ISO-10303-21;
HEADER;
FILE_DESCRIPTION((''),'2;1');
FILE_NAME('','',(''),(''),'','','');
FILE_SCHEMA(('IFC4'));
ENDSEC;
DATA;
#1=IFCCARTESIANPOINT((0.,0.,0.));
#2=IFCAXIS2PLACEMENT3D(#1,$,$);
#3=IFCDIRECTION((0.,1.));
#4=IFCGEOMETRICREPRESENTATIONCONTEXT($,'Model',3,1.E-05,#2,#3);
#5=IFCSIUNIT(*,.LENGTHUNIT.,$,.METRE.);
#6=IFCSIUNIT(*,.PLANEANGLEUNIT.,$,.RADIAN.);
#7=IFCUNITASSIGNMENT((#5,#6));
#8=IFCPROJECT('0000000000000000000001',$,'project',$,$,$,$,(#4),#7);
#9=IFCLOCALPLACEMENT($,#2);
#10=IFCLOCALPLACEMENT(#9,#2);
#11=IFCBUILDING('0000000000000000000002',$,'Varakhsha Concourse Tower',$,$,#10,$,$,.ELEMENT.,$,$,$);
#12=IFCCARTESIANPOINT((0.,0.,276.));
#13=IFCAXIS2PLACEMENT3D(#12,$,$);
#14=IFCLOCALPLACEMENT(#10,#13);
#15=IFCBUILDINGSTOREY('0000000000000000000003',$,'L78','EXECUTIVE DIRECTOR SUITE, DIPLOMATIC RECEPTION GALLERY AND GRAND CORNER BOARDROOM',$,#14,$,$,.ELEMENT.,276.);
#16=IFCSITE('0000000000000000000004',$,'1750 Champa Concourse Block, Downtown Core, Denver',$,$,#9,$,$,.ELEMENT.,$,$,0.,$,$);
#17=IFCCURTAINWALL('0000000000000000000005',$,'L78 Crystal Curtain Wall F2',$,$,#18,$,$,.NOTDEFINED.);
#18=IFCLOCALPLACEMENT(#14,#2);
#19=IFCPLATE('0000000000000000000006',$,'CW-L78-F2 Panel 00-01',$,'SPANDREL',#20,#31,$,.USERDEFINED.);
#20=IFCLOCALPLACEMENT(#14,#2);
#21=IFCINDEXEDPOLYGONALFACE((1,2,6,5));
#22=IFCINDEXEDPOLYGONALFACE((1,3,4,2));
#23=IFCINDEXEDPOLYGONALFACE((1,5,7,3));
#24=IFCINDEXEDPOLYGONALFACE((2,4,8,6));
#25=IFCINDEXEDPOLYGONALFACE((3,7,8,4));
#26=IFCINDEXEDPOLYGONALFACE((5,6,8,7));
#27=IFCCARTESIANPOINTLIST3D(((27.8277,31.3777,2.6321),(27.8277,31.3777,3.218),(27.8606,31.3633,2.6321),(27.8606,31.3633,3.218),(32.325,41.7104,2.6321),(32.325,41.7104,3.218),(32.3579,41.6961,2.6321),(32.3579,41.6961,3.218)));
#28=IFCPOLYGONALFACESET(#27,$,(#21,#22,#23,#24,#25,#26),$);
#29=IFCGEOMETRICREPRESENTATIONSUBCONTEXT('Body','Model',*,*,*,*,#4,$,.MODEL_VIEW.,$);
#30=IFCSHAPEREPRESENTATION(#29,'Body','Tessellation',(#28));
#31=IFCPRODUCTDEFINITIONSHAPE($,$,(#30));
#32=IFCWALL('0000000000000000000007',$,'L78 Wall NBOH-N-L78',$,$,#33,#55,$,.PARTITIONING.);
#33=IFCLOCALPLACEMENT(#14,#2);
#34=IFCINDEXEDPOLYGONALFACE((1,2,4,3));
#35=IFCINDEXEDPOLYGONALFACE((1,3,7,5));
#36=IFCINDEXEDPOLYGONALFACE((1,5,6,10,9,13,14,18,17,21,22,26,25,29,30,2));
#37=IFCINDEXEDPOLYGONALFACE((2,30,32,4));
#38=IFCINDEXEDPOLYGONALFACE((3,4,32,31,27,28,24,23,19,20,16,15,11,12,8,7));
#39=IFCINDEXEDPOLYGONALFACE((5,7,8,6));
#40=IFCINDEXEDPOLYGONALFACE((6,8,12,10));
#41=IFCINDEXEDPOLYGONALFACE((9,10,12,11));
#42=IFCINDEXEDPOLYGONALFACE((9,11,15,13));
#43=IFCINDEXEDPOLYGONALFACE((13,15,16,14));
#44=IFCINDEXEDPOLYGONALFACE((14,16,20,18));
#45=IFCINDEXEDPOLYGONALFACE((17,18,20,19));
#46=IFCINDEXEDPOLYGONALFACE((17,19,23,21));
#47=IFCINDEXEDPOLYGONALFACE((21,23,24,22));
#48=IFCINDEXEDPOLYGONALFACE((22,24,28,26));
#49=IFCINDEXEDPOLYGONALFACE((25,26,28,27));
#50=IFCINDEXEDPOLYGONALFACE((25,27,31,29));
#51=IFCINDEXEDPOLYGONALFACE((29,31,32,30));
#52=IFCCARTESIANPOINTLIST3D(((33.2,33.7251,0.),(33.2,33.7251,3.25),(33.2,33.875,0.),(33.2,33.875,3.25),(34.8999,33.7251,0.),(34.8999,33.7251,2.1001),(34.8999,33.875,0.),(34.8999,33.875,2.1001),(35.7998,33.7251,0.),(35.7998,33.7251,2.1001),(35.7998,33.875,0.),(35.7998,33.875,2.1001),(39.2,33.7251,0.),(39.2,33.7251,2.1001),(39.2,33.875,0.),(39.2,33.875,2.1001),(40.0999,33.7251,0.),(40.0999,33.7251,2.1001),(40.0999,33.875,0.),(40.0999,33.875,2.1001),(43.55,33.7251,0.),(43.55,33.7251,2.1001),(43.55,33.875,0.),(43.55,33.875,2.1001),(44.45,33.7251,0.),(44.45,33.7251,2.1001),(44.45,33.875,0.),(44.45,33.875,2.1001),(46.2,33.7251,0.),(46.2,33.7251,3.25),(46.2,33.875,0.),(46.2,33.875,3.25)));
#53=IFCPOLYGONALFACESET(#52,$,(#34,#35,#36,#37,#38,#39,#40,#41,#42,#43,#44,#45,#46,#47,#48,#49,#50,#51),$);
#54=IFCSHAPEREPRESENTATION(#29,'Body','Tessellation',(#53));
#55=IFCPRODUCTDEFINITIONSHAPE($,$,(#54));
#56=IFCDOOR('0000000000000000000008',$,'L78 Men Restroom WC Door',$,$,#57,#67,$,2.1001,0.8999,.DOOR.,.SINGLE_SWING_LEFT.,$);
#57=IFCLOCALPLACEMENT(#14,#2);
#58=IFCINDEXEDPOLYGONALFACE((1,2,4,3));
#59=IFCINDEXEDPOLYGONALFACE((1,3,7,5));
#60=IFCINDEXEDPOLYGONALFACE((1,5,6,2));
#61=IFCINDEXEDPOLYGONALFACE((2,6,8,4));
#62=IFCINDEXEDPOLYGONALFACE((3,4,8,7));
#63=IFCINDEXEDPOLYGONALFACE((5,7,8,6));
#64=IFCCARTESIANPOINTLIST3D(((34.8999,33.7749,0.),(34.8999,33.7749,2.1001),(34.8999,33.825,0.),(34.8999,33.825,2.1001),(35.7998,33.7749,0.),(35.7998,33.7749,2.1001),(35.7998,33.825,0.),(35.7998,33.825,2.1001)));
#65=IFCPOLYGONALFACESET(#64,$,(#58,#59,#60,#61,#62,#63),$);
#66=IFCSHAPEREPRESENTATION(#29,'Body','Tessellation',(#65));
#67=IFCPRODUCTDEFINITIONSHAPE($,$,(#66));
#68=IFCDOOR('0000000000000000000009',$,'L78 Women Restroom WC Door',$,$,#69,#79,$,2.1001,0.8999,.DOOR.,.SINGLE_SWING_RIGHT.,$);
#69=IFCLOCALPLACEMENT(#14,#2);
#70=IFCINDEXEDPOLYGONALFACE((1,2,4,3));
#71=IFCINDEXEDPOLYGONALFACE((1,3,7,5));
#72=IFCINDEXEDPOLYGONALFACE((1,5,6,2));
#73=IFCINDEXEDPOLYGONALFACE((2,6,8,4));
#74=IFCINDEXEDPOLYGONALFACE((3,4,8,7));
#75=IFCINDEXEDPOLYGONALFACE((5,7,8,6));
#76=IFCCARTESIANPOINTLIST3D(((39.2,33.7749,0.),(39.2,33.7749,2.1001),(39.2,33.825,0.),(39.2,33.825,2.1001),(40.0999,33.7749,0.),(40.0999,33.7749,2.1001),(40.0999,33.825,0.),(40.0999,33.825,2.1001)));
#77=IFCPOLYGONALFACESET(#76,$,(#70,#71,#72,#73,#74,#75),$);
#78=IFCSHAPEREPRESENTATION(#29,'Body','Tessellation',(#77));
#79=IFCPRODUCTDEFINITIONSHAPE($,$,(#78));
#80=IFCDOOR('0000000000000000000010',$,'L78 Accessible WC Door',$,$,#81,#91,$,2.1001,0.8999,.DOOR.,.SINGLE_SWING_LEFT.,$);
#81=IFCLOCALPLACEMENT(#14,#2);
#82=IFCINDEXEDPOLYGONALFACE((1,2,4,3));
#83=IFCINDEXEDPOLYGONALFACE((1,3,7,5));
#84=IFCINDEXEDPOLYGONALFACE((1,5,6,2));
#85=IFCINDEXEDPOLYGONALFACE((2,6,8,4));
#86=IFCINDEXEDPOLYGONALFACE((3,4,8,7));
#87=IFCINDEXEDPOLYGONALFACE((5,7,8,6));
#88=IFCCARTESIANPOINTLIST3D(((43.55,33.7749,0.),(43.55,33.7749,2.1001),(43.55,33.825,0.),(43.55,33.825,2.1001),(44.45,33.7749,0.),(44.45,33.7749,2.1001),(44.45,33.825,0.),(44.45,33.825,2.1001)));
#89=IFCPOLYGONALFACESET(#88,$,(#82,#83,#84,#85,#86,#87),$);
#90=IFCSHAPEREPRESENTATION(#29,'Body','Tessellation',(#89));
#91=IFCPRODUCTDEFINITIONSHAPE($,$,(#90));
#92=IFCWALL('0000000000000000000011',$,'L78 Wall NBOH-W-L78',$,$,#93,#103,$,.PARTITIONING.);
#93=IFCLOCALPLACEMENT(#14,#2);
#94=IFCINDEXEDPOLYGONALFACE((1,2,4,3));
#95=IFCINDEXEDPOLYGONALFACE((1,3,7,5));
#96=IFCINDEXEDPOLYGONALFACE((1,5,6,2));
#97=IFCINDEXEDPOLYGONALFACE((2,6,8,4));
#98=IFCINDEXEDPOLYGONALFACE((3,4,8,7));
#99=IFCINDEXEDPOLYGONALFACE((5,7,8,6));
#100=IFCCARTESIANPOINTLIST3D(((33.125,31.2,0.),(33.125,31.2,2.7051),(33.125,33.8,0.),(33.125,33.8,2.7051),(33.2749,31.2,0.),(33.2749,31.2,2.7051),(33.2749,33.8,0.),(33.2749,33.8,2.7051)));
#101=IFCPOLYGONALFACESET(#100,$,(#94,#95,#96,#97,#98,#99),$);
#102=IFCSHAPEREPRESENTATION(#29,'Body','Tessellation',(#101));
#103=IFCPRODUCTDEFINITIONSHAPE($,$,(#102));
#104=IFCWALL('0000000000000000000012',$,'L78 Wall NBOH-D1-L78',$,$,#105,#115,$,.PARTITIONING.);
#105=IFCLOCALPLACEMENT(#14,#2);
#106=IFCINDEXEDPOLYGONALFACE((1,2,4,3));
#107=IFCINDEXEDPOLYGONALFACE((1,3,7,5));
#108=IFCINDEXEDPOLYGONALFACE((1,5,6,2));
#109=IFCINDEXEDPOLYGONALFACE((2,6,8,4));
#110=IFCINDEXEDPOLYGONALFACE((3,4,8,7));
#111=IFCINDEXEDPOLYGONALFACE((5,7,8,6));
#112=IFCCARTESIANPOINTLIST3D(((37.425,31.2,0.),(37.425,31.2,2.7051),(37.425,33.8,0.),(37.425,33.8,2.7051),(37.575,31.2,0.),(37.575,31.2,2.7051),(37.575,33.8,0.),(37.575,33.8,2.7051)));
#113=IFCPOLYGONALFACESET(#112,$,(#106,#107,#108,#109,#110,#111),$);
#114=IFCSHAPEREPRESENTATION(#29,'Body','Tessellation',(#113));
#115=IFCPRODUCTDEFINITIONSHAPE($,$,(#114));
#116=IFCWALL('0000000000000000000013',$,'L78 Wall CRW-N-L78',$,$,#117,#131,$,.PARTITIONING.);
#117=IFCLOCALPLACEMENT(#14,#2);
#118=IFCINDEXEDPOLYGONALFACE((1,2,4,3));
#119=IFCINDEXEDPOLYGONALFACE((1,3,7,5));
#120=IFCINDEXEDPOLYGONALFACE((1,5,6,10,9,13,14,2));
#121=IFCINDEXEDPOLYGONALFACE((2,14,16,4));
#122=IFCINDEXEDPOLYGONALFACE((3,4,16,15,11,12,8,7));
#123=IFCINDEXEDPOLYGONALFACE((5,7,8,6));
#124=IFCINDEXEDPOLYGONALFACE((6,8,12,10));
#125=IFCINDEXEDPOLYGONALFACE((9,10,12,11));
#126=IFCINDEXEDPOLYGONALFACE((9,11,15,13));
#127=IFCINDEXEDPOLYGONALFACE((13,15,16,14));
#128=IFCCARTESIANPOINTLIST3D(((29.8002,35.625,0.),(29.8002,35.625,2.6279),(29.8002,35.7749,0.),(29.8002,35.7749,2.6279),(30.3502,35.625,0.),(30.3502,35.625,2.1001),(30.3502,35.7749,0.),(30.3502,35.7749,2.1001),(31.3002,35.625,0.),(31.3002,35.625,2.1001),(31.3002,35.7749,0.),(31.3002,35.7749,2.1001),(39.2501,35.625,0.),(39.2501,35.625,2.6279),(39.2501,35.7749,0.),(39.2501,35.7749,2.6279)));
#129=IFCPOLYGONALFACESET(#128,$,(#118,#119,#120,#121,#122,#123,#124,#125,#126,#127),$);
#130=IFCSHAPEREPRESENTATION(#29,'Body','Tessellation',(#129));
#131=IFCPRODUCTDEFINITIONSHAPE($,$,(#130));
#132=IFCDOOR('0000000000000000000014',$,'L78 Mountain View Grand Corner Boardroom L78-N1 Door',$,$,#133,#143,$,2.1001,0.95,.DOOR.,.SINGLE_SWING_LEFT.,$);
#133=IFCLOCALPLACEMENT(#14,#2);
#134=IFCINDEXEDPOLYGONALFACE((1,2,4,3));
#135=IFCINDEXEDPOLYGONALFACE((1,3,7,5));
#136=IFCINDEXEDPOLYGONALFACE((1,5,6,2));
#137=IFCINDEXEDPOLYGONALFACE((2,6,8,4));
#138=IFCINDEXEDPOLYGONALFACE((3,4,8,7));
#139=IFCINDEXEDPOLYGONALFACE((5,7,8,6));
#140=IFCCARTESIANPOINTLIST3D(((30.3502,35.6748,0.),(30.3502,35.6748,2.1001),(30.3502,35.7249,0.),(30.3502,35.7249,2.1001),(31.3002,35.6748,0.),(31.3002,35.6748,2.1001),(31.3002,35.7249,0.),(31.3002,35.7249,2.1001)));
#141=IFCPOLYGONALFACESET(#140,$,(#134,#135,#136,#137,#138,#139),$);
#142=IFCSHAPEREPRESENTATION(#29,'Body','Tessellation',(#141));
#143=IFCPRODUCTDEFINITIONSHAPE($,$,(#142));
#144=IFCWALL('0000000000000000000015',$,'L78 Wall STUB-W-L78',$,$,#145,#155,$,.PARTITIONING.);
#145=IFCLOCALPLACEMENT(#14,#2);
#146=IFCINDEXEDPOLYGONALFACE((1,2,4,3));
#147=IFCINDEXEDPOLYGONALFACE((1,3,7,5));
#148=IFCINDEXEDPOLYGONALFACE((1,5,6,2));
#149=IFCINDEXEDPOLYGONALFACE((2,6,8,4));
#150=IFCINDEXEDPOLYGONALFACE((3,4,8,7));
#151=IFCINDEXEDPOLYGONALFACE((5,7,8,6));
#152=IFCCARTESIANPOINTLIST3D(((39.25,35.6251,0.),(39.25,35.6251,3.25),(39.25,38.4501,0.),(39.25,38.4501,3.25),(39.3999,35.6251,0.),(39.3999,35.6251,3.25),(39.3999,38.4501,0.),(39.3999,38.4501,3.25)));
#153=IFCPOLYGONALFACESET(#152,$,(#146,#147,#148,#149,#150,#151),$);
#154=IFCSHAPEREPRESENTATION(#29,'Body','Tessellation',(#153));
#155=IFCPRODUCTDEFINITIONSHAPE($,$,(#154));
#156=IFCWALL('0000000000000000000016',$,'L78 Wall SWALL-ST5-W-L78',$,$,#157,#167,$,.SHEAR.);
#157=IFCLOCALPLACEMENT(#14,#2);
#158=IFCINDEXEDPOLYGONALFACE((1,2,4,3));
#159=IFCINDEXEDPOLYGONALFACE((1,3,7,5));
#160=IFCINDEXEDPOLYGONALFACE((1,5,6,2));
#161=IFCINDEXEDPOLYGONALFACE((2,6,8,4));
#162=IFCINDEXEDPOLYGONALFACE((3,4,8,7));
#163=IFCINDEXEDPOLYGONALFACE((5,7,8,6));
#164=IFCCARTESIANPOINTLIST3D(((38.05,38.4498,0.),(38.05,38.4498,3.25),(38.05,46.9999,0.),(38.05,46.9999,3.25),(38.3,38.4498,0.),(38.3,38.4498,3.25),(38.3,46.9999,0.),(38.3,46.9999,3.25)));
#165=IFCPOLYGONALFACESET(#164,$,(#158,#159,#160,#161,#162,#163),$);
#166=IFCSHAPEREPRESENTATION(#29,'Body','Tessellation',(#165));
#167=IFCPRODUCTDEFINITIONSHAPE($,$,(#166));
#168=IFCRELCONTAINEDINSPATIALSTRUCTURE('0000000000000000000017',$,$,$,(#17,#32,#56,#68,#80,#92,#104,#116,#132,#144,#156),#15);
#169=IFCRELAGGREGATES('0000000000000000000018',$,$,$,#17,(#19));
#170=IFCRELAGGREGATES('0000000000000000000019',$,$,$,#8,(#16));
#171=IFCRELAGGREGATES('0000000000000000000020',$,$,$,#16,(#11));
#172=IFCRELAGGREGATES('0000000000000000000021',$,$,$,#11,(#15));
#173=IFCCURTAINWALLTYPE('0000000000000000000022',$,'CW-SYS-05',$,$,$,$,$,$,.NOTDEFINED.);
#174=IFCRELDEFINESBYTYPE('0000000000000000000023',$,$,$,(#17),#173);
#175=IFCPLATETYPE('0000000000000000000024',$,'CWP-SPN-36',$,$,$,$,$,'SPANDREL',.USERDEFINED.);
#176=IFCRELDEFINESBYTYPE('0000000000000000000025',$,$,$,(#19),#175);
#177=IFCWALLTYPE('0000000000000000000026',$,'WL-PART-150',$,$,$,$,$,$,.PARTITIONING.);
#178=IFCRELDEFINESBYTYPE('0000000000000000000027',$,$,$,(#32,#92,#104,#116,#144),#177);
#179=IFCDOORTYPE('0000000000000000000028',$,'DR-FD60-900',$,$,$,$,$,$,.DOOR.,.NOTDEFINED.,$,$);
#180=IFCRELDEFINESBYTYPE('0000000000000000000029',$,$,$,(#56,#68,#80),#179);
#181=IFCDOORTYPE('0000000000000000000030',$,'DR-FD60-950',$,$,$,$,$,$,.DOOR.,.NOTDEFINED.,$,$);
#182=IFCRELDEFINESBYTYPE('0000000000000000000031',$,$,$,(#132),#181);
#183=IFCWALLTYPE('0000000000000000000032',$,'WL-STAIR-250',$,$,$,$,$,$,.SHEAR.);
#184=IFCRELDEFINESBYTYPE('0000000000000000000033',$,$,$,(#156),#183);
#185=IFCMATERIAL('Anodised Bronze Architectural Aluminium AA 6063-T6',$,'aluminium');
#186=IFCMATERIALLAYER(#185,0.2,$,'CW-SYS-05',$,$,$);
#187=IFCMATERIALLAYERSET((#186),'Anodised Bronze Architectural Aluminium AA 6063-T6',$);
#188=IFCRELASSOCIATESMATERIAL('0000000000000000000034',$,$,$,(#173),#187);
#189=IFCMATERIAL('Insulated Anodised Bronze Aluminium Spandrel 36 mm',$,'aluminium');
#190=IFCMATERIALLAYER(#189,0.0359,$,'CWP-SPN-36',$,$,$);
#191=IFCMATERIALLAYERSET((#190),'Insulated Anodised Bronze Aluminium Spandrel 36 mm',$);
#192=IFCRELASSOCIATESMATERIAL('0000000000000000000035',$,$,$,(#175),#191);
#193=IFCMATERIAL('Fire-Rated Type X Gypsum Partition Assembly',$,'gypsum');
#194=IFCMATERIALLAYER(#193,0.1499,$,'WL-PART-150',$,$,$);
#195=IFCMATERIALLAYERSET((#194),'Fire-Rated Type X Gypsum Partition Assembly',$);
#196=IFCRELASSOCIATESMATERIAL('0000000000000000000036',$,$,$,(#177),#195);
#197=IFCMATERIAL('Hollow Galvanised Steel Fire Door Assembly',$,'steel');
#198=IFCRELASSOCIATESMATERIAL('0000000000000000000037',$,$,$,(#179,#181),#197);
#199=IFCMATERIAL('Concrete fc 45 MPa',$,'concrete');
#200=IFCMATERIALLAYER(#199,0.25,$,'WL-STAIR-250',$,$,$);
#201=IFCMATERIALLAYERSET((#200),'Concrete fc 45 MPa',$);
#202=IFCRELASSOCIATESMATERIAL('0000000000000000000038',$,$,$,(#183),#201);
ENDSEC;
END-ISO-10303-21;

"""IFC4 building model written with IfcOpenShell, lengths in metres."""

from ifc_helpers import new_model, si_unit, direction, frame, frame_2d, origin, origin_2d, place, context, subcontext, project, spatial, rectangle, extrude, source, transform, mapped, material, layer, layer_set, type_object, type_shapes, element, fill, aggregate, save


model = new_model("IFC4")

# Units and contexts
model_context = context("Model", 3, precision=1e-05, world=origin(), true_north=direction((0.0, 1.0)))
body_context = subcontext(model_context, "Body", "Model", "MODEL_VIEW")
ifc_project = project(units=[si_unit("LENGTHUNIT", "METRE"), si_unit("PLANEANGLEUNIT", "RADIAN")], contexts=[model_context])

# Site, building, storey
site_placement = place(None, origin())
site = spatial("IfcSite", under=ifc_project, at=site_placement, Name="1750 Champa Concourse Block, Downtown Core, Denver", CompositionType="ELEMENT", RefElevation=0.0)
building_placement = place(site_placement, origin())
building = spatial("IfcBuilding", under=site, at=building_placement, Name="Varakhsha Concourse Tower", CompositionType="ELEMENT")
storey_placement = place(building_placement, frame((0.0, 0.0, 276.0)))
storey = spatial("IfcBuildingStorey", under=building, at=storey_placement, Name="L78", Description="EXECUTIVE DIRECTOR SUITE, DIPLOMATIC RECEPTION GALLERY AND GRAND CORNER BOARDROOM", CompositionType="ELEMENT", Elevation=276.0)

# Curtain wall, plate
ifc_material_1 = material(Name="Anodised Bronze Architectural Aluminium AA 6063-T6", Category="aluminium")
ifc_layer_1 = layer(ifc_material_1, 0.2, Name="CW-SYS-05")
ifc_layer_set_1 = layer_set([ifc_layer_1], Name="Anodised Bronze Architectural Aluminium AA 6063-T6")
curtain_wall_type = type_object("IfcCurtainWallType", Name="CW-SYS-05", PredefinedType="NOTDEFINED", material=ifc_layer_set_1)
curtain_wall_placement = place(storey_placement, origin())
curtain_wall = element("IfcCurtainWall", 1, at=curtain_wall_placement, inside=storey, type_object=curtain_wall_type, Name="L78 Crystal Curtain Wall F2", PredefinedType="NOTDEFINED")
ifc_material_2 = material(Name="Insulated Anodised Bronze Aluminium Spandrel 36 mm", Category="aluminium")
ifc_layer_2 = layer(ifc_material_2, 0.0359, Name="CWP-SPN-36")
ifc_layer_set_2 = layer_set([ifc_layer_2], Name="Insulated Anodised Bronze Aluminium Spandrel 36 mm")
plate_type_1 = type_object("IfcPlateType", Name="CWP-SPN-36", ElementType="SPANDREL", PredefinedType="USERDEFINED", material=ifc_layer_set_2)
shared_shape_1 = source(origin(), body_context, "Body", "SweptSolid", [
    extrude(rectangle(XDim=11.269, YDim=0.0359, at=origin_2d()), origin(), (0.0, 0.0, 1.0), 0.5859),
])
type_shapes(plate_type_1, [shared_shape_1])
plate_1_placement = place(storey_placement, frame((30.0928, 36.5369, 2.6321), z_axis=(0.0, 0.0, 1.0), x_axis=(0.399084, 0.916915, 0.0)))
plate_1 = element("IfcPlate", 2, at=plate_1_placement, type_object=plate_type_1, Name="CW-L78-F2 Panel 00-01", ObjectType="SPANDREL", PredefinedType="USERDEFINED", context=body_context, shape_type="MappedRepresentation", body=[
    mapped(shared_shape_1, transform((0.0, 0.0, 0.0), scale=1.0)),
])
aggregate(curtain_wall, [plate_1])

# Wall, openings, doors
ifc_material_3 = material(Name="Fire-Rated Type X Gypsum Partition Assembly", Category="gypsum")
ifc_layer_3 = layer(ifc_material_3, 0.1499, Name="WL-PART-150")
ifc_layer_set_3 = layer_set([ifc_layer_3], Name="Fire-Rated Type X Gypsum Partition Assembly")
wall_type_1 = type_object("IfcWallType", Name="WL-PART-150", PredefinedType="PARTITIONING", material=ifc_layer_set_3)
wall_1_placement = place(storey_placement, frame((33.2, 33.8, 0.0), z_axis=(0.0, 0.0, 1.0), x_axis=(1.0, 0.0, 0.0)))
wall_1 = element("IfcWall", 3, at=wall_1_placement, inside=storey, type_object=wall_type_1, Name="L78 Wall NBOH-N-L78", PredefinedType="PARTITIONING", context=body_context, shape_type="SweptSolid", body=[
    extrude(rectangle(XDim=13.0, YDim=0.1499, at=frame_2d((6.5, 0.0))), origin(), (0.0, 0.0, 1.0), 3.25),
])
opening_1_placement = place(wall_1_placement, frame((1.7, 0.0, 0.0)))
opening_1 = element("IfcOpeningElement", 4, at=opening_1_placement, cuts=wall_1, PredefinedType="OPENING", context=body_context, shape_type="SweptSolid", body=[
    extrude(rectangle(XDim=0.8999, YDim=2.1001, at=frame_2d((0.45, 1.05))), frame((0.0, 0.085, 0.0), z_axis=(0.0, -1.0, 0.0), x_axis=(1.0, 0.0, 0.0)), (0.0, 0.0, 1.0), 0.1699),
])
opening_2_placement = place(wall_1_placement, frame((6.0, 0.0, 0.0)))
opening_2 = element("IfcOpeningElement", 5, at=opening_2_placement, cuts=wall_1, PredefinedType="OPENING", context=body_context, shape_type="SweptSolid", body=[
    extrude(rectangle(XDim=0.8999, YDim=2.1001, at=frame_2d((0.45, 1.05))), frame((0.0, 0.085, 0.0), z_axis=(0.0, -1.0, 0.0), x_axis=(1.0, 0.0, 0.0)), (0.0, 0.0, 1.0), 0.1699),
])
opening_3_placement = place(wall_1_placement, frame((10.3501, 0.0, 0.0)))
opening_3 = element("IfcOpeningElement", 6, at=opening_3_placement, cuts=wall_1, PredefinedType="OPENING", context=body_context, shape_type="SweptSolid", body=[
    extrude(rectangle(XDim=0.8999, YDim=2.1001, at=frame_2d((0.45, 1.05))), frame((0.0, 0.085, 0.0), z_axis=(0.0, -1.0, 0.0), x_axis=(1.0, 0.0, 0.0)), (0.0, 0.0, 1.0), 0.1699),
])
ifc_material_4 = material(Name="Hollow Galvanised Steel Fire Door Assembly", Category="steel")
door_type_1 = type_object("IfcDoorType", Name="DR-FD60-900", OperationType="NOTDEFINED", PredefinedType="DOOR", material=ifc_material_4)
door_1_placement = place(opening_1_placement, origin())
door_1 = element("IfcDoor", 7, at=door_1_placement, inside=storey, type_object=door_type_1, Name="L78 Men Restroom WC Door", OperationType="SINGLE_SWING_LEFT", OverallHeight=2.1001, OverallWidth=0.8999, PredefinedType="DOOR", context=body_context, shape_type="SweptSolid", body=[
    extrude(rectangle(XDim=0.8999, YDim=2.1001, at=frame_2d((0.45, 1.05))), frame((0.0, 0.0249, 0.0), z_axis=(0.0, -1.0, 0.0), x_axis=(1.0, 0.0, 0.0)), (0.0, 0.0, 1.0), 0.05),
])
fill(opening_1, door_1)
door_2_placement = place(opening_2_placement, origin())
door_2 = element("IfcDoor", 8, at=door_2_placement, inside=storey, type_object=door_type_1, Name="L78 Women Restroom WC Door", OperationType="SINGLE_SWING_RIGHT", OverallHeight=2.1001, OverallWidth=0.8999, PredefinedType="DOOR", context=body_context, shape_type="SweptSolid", body=[
    extrude(rectangle(XDim=0.8999, YDim=2.1001, at=frame_2d((0.45, 1.05))), frame((0.0, 0.0249, 0.0), z_axis=(0.0, -1.0, 0.0), x_axis=(1.0, 0.0, 0.0)), (0.0, 0.0, 1.0), 0.05),
])
fill(opening_2, door_2)
door_3_placement = place(opening_3_placement, origin())
door_3 = element("IfcDoor", 9, at=door_3_placement, inside=storey, type_object=door_type_1, Name="L78 Accessible WC Door", OperationType="SINGLE_SWING_LEFT", OverallHeight=2.1001, OverallWidth=0.8999, PredefinedType="DOOR", context=body_context, shape_type="SweptSolid", body=[
    extrude(rectangle(XDim=0.8999, YDim=2.1001, at=frame_2d((0.45, 1.05))), frame((0.0, 0.0249, 0.0), z_axis=(0.0, -1.0, 0.0), x_axis=(1.0, 0.0, 0.0)), (0.0, 0.0, 1.0), 0.05),
])
fill(opening_3, door_3)

# Walls
for number, where, z_axis, x_axis, name in (
    (10, (33.2, 31.2, 0.0), (0.0, 0.0, 1.0), (0.0, 1.0, 0.0), "L78 Wall NBOH-W-L78"),
    (11, (37.5, 31.2, 0.0), (0.0, 0.0, 1.0), (0.0, 1.0, 0.0), "L78 Wall NBOH-D1-L78"),
):
    element("IfcWall", number, at=place(storey_placement, frame(where, z_axis=z_axis, x_axis=x_axis)), inside=storey, type_object=wall_type_1, Name=name, PredefinedType="PARTITIONING", context=body_context, shape_type="SweptSolid", body=[
        extrude(rectangle(XDim=2.6001, YDim=0.1499, at=frame_2d((1.3, 0.0))), origin(), (0.0, 0.0, 1.0), 2.7051),
    ])

# Wall, opening, door
wall_2_placement = place(storey_placement, frame((29.8, 35.7, 0.0), z_axis=(0.0, 0.0, 1.0), x_axis=(1.0, 0.0, 0.0)))
wall_2 = element("IfcWall", 12, at=wall_2_placement, inside=storey, type_object=wall_type_1, Name="L78 Wall CRW-N-L78", PredefinedType="PARTITIONING", context=body_context, shape_type="SweptSolid", body=[
    extrude(rectangle(XDim=9.45, YDim=0.1499, at=frame_2d((4.7251, 0.0))), origin(), (0.0, 0.0, 1.0), 2.6279),
])
opening_4_placement = place(wall_2_placement, frame((0.55, 0.0, 0.0)))
opening_4 = element("IfcOpeningElement", 13, at=opening_4_placement, cuts=wall_2, PredefinedType="OPENING", context=body_context, shape_type="SweptSolid", body=[
    extrude(rectangle(XDim=0.95, YDim=2.1001, at=frame_2d((0.4751, 1.05))), frame((0.0, 0.085, 0.0), z_axis=(0.0, -1.0, 0.0), x_axis=(1.0, 0.0, 0.0)), (0.0, 0.0, 1.0), 0.1699),
])
door_type_2 = type_object("IfcDoorType", Name="DR-FD60-950", OperationType="NOTDEFINED", PredefinedType="DOOR", material=ifc_material_4)
door_4_placement = place(opening_4_placement, origin())
door_4 = element("IfcDoor", 14, at=door_4_placement, inside=storey, type_object=door_type_2, Name="L78 Mountain View Grand Corner Boardroom L78-N1 Door", OperationType="SINGLE_SWING_LEFT", OverallHeight=2.1001, OverallWidth=0.95, PredefinedType="DOOR", context=body_context, shape_type="SweptSolid", body=[
    extrude(rectangle(XDim=0.95, YDim=2.1001, at=frame_2d((0.4751, 1.05))), frame((0.0, 0.0249, 0.0), z_axis=(0.0, -1.0, 0.0), x_axis=(1.0, 0.0, 0.0)), (0.0, 0.0, 1.0), 0.05),
])
fill(opening_4, door_4)

# Walls
wall_3_placement = place(storey_placement, frame((39.325, 35.625, 0.0), z_axis=(0.0, 0.0, 1.0), x_axis=(0.0, 1.0, 0.0)))
element("IfcWall", 15, at=wall_3_placement, inside=storey, type_object=wall_type_1, Name="L78 Wall STUB-W-L78", PredefinedType="PARTITIONING", context=body_context, shape_type="SweptSolid", body=[
    extrude(rectangle(XDim=2.825, YDim=0.1499, at=frame_2d((1.4126, 0.0))), origin(), (0.0, 0.0, 1.0), 3.25),
])
ifc_material_5 = material(Name="Concrete fc 45 MPa", Category="concrete")
ifc_layer_4 = layer(ifc_material_5, 0.25, Name="WL-STAIR-250")
ifc_layer_set_4 = layer_set([ifc_layer_4], Name="Concrete fc 45 MPa")
wall_type_2 = type_object("IfcWallType", Name="WL-STAIR-250", PredefinedType="SHEAR", material=ifc_layer_set_4)
wall_4_placement = place(storey_placement, frame((38.175, 38.45, 0.0), z_axis=(0.0, 0.0, 1.0), x_axis=(0.0, 1.0, 0.0)))
element("IfcWall", 16, at=wall_4_placement, inside=storey, type_object=wall_type_2, Name="L78 Wall SWALL-ST5-W-L78", PredefinedType="SHEAR", context=body_context, shape_type="SweptSolid", body=[
    extrude(rectangle(XDim=8.55, YDim=0.25, at=frame_2d((4.2749, 0.0))), origin(), (0.0, 0.0, 1.0), 3.25),
])

save(model, "model.ifc")
